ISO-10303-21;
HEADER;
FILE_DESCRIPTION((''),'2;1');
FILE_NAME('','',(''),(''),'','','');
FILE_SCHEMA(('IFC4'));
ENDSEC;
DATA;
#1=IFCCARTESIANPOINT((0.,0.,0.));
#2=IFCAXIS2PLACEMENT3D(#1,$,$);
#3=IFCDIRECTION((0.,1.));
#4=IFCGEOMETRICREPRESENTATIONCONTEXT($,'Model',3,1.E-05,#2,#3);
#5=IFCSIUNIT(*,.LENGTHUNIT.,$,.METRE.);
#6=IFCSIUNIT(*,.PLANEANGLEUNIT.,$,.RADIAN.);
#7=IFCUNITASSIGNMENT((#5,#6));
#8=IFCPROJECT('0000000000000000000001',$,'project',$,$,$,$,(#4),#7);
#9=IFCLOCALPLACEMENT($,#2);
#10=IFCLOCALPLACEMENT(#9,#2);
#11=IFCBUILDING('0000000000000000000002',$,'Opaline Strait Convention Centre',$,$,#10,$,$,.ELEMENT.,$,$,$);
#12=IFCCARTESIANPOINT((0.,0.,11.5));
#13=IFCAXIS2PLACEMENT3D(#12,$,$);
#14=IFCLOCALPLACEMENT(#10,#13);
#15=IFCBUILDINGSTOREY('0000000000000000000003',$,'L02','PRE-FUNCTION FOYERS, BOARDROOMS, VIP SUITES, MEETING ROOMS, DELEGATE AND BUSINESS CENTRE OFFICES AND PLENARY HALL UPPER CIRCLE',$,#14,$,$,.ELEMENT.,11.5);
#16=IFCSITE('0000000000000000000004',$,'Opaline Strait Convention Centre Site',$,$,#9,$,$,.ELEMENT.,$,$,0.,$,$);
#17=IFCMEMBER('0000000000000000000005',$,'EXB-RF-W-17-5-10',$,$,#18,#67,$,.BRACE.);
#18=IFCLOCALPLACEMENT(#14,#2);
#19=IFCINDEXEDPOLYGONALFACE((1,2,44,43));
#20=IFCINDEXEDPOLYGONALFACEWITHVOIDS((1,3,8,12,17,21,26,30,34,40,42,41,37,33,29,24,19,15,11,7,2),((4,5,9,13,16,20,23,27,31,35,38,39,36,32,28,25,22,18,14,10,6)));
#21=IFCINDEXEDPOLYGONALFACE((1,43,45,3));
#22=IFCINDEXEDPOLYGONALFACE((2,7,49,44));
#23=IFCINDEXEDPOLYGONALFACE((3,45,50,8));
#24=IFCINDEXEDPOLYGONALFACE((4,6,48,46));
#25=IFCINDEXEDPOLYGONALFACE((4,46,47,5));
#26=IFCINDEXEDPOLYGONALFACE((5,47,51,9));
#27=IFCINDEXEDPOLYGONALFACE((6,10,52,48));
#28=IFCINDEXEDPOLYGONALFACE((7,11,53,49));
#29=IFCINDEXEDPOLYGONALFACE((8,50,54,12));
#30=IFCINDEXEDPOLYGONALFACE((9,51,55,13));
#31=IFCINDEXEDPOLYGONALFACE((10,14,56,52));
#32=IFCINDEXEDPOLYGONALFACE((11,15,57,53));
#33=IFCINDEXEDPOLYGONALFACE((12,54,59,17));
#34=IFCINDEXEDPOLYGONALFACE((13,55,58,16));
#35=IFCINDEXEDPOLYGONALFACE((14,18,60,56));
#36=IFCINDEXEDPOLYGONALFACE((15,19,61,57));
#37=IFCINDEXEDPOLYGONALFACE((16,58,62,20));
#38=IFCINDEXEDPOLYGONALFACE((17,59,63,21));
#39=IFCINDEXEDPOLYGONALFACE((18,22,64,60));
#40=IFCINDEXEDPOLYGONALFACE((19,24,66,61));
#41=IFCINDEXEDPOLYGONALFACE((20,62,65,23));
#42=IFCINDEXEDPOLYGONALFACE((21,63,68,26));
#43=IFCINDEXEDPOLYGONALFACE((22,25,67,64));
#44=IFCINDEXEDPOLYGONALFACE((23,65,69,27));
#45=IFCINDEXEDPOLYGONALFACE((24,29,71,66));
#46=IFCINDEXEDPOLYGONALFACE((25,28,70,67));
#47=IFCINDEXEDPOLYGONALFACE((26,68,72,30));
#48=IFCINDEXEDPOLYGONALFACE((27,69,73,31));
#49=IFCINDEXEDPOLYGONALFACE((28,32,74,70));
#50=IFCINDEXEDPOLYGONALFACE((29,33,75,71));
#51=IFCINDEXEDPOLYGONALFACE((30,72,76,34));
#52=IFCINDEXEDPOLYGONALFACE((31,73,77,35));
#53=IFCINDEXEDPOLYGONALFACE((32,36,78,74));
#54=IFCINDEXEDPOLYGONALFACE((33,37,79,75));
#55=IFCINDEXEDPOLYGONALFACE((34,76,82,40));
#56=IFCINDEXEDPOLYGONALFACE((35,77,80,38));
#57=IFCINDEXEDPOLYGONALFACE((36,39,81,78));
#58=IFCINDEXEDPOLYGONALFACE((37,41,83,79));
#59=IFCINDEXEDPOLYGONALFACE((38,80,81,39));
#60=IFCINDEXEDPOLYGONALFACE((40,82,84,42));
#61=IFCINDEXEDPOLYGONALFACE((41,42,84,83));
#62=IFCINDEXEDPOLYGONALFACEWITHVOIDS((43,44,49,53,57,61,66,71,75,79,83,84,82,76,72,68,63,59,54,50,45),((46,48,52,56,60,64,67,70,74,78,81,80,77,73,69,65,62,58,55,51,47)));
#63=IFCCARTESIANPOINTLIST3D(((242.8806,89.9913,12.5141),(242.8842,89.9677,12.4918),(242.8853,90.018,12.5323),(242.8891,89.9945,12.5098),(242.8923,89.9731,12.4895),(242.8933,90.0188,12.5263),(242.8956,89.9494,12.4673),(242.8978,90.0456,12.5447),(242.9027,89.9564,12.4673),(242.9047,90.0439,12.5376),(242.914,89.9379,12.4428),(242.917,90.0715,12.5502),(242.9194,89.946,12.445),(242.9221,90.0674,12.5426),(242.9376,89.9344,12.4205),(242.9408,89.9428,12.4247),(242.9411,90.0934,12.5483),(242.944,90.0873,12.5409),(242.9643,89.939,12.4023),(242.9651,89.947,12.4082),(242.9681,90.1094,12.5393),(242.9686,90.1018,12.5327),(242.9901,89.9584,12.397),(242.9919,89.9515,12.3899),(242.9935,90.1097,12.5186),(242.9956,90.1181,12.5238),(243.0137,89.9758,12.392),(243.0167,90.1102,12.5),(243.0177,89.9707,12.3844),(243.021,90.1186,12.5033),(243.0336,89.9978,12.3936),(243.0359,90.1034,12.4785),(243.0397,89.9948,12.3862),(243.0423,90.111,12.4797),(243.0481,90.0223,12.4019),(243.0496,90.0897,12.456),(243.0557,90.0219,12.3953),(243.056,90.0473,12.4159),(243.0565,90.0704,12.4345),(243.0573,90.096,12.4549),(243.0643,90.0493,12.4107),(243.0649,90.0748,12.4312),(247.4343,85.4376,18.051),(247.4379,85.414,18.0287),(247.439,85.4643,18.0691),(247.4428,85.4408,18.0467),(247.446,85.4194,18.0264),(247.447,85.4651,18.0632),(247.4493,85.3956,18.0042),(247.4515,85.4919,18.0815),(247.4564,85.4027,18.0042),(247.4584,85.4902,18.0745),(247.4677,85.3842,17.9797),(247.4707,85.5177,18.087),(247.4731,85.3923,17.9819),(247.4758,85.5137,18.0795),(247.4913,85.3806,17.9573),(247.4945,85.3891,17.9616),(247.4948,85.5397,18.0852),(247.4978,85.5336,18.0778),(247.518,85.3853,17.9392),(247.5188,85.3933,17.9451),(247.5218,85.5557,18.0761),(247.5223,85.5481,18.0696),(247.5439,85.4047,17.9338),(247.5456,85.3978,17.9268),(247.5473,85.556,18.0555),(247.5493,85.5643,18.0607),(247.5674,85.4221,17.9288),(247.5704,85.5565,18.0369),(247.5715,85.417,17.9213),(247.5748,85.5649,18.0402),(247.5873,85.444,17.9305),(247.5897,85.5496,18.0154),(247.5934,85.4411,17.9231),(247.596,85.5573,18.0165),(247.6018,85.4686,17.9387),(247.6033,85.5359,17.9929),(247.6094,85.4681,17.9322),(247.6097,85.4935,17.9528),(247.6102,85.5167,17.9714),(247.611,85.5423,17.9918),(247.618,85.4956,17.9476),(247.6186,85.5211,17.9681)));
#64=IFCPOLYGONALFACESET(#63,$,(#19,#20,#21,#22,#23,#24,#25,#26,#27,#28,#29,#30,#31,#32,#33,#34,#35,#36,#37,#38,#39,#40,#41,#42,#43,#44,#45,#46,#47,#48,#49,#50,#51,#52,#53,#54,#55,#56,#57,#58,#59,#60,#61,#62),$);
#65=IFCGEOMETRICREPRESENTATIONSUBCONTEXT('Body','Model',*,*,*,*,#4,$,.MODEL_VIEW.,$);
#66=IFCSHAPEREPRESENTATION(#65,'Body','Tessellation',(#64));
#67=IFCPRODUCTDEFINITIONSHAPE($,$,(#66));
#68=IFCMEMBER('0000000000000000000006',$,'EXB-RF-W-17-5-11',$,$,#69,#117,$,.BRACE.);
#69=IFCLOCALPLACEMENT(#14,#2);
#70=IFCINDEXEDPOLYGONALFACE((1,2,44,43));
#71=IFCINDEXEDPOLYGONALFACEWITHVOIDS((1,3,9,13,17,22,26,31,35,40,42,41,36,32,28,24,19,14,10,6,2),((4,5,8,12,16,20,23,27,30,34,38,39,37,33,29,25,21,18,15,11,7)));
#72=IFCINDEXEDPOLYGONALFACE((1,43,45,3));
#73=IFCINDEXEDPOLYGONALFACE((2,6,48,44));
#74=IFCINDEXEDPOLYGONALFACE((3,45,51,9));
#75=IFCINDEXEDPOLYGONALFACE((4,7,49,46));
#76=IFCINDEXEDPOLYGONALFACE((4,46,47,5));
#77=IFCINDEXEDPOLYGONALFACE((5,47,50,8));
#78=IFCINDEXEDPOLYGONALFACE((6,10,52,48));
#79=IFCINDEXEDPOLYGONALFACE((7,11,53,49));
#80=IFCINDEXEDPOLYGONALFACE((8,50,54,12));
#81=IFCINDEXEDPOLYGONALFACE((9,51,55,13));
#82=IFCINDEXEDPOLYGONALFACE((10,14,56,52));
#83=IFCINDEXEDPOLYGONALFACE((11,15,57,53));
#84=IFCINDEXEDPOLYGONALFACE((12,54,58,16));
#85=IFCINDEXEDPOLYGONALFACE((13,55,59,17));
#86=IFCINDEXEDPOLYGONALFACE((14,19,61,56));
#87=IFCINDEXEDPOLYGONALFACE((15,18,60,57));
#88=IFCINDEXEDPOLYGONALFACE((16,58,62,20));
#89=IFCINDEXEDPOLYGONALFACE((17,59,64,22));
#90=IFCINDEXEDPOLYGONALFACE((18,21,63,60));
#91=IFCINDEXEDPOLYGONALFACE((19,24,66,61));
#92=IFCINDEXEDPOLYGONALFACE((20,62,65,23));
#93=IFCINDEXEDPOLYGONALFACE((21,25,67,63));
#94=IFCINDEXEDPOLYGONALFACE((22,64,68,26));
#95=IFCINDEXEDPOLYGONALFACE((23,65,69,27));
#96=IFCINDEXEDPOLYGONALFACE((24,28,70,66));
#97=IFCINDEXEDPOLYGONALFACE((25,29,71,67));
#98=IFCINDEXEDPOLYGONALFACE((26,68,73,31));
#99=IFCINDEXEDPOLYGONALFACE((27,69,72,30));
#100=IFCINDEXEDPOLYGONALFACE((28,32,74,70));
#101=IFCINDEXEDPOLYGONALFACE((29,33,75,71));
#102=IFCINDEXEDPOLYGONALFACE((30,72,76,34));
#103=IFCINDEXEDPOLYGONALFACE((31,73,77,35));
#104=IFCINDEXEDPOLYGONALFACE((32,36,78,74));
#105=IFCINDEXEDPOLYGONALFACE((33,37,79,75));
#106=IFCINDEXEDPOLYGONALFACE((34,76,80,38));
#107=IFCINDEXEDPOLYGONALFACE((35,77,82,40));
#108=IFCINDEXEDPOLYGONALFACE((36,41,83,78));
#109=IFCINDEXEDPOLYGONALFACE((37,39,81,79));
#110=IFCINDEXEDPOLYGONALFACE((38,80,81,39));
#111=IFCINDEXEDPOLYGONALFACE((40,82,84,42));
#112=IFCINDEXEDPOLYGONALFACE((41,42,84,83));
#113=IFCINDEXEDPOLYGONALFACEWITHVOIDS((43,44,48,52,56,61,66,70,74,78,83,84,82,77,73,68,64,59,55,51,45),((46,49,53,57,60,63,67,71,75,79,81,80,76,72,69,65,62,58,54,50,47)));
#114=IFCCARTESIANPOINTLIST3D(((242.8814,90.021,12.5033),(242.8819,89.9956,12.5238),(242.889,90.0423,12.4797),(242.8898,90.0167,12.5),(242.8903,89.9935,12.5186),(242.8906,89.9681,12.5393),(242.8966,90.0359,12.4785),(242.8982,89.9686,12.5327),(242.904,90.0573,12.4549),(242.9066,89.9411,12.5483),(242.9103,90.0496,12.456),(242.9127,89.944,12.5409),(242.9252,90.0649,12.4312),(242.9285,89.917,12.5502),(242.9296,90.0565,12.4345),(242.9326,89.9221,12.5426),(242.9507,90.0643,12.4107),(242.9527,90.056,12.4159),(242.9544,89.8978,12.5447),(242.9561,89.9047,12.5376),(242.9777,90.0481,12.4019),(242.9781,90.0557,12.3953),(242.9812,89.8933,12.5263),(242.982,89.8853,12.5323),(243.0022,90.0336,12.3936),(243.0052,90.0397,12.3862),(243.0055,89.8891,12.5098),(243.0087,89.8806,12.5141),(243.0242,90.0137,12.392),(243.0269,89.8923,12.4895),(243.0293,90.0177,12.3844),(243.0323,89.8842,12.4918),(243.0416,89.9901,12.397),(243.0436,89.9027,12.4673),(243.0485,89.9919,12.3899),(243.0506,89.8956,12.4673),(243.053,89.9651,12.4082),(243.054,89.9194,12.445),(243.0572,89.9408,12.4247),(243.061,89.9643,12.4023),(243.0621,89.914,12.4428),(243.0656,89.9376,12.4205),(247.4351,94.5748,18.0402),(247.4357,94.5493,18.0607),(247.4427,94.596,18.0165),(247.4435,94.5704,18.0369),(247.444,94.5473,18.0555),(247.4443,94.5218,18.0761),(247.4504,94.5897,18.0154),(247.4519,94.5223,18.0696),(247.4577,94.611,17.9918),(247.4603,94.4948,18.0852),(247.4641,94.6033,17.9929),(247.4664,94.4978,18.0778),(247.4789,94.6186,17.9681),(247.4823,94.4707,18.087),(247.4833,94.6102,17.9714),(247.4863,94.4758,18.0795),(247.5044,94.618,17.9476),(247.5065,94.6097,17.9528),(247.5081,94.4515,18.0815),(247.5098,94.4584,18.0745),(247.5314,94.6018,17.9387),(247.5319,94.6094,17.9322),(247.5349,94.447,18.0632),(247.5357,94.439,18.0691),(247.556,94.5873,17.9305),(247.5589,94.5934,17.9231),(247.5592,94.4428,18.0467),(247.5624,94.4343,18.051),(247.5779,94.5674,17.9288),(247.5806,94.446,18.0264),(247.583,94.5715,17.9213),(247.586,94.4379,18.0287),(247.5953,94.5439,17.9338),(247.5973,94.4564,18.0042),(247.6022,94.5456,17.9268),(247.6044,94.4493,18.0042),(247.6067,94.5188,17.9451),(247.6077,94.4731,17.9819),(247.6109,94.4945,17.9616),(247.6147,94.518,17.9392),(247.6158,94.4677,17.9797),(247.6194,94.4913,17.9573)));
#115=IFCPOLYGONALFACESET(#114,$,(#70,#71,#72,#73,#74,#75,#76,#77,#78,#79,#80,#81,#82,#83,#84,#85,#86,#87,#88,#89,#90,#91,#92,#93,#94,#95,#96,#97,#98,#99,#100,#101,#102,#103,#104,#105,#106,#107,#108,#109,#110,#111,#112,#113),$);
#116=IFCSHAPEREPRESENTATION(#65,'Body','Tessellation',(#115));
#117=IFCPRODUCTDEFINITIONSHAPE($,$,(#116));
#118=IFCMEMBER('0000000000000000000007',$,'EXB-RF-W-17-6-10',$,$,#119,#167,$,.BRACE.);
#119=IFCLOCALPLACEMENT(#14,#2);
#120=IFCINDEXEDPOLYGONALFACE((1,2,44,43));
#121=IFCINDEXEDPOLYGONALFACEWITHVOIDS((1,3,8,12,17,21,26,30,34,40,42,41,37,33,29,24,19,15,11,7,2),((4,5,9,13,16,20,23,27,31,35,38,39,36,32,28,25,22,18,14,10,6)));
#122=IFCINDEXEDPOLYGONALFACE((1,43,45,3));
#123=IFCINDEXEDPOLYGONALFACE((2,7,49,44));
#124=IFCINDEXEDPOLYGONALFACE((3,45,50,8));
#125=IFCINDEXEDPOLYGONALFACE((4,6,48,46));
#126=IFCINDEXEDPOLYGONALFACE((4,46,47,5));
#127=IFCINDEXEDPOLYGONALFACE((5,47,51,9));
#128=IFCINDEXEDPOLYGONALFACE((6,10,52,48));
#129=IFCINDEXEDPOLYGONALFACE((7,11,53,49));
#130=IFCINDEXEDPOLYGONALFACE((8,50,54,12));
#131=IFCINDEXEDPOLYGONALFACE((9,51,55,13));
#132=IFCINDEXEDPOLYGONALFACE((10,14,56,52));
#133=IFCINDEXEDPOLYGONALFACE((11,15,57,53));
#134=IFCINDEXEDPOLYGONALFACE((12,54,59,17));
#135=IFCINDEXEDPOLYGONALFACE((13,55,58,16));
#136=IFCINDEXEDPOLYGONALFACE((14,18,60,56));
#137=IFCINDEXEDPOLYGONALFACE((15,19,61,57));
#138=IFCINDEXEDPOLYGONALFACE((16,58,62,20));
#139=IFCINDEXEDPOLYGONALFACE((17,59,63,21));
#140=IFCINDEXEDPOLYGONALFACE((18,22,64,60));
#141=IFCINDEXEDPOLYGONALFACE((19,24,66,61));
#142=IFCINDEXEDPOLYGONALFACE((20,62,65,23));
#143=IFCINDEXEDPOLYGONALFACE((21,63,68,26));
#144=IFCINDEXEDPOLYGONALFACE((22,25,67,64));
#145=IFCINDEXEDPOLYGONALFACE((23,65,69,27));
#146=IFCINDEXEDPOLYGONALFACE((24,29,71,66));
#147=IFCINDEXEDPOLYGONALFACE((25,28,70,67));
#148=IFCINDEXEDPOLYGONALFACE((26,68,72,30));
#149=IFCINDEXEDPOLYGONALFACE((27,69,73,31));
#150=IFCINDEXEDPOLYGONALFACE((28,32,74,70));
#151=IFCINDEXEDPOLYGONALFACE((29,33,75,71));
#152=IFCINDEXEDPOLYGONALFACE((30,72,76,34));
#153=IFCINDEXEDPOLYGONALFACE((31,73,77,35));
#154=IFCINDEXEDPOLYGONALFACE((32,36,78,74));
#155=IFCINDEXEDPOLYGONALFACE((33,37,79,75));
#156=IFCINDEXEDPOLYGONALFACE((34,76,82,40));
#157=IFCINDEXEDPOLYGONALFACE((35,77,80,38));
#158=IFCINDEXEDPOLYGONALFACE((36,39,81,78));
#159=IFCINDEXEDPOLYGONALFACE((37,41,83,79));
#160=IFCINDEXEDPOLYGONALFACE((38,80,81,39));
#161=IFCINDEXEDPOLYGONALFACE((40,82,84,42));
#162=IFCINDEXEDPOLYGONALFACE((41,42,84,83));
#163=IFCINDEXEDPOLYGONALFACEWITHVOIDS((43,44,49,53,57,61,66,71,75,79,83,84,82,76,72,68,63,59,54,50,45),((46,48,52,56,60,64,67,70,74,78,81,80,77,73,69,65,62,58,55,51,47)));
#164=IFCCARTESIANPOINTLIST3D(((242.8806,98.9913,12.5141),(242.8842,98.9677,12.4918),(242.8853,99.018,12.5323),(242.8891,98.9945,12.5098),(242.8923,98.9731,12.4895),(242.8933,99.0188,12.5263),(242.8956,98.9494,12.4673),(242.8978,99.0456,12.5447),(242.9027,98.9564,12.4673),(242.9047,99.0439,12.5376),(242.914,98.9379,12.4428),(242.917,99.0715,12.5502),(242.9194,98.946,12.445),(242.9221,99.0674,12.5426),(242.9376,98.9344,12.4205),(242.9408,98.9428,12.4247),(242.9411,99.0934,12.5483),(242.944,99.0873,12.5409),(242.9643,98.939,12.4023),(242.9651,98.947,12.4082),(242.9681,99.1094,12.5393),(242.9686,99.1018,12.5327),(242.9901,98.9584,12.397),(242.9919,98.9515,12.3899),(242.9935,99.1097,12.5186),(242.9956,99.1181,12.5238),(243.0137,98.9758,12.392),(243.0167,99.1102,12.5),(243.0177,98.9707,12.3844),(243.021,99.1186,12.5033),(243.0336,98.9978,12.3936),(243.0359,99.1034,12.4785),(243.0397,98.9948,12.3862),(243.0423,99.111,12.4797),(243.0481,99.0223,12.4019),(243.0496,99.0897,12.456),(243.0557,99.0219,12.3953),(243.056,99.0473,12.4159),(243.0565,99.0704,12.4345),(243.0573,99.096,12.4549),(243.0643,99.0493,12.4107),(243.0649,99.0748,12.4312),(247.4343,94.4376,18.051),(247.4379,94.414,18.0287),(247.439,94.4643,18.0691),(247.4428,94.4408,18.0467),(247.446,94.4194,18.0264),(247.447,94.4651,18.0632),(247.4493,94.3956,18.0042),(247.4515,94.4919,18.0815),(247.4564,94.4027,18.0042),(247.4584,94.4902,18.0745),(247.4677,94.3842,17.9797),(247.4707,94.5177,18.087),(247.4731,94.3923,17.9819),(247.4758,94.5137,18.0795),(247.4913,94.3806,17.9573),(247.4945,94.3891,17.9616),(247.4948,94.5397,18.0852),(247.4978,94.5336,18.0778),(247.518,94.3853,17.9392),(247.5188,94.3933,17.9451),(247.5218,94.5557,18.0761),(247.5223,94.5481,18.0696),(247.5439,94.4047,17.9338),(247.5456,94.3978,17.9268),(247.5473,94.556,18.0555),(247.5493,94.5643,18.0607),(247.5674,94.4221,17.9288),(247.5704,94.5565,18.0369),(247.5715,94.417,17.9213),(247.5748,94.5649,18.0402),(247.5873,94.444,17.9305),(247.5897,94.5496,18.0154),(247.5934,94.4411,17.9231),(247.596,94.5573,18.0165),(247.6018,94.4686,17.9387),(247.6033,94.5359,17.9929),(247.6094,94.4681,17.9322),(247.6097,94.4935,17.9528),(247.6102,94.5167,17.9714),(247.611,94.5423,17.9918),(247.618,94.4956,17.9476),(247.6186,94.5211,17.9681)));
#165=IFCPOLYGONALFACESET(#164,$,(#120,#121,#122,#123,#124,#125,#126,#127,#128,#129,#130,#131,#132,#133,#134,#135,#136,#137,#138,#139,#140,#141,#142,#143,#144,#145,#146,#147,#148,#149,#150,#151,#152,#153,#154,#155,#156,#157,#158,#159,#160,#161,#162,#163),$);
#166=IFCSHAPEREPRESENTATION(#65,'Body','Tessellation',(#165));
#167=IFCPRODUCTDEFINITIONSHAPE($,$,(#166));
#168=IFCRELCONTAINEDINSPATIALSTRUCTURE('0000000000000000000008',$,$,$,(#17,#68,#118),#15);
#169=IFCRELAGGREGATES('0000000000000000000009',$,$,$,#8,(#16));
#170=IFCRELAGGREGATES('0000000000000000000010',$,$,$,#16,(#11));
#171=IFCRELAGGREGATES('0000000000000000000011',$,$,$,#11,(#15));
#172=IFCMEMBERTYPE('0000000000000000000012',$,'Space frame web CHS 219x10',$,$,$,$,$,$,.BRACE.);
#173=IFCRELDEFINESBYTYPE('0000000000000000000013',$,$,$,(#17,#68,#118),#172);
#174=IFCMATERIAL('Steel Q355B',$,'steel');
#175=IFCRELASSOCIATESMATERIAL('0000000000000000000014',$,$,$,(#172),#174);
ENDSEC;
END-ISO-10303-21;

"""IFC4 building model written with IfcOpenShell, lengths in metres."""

from ifc_helpers import new_model, si_unit, direction, frame, origin, origin_2d, place, context, subcontext, project, spatial, hollow_circle, extrude, material, material_profile, profile_set, type_object, element, save


model = new_model("IFC4")

# Units and contexts
model_context = context("Model", 3, precision=1e-05, world=origin(), true_north=direction((0.0, 1.0)))
body_context = subcontext(model_context, "Body", "Model", "MODEL_VIEW")
ifc_project = project(units=[si_unit("LENGTHUNIT", "METRE"), si_unit("PLANEANGLEUNIT", "RADIAN")], contexts=[model_context])

# Site, building, storey
site_placement = place(None, origin())
site = spatial("IfcSite", under=ifc_project, at=site_placement, Name="Opaline Strait Convention Centre Site", CompositionType="ELEMENT", RefElevation=0.0)
building_placement = place(site_placement, origin())
building = spatial("IfcBuilding", under=site, at=building_placement, Name="Opaline Strait Convention Centre", CompositionType="ELEMENT")
storey_placement = place(building_placement, frame((0.0, 0.0, 11.5)))
storey = spatial("IfcBuildingStorey", under=building, at=storey_placement, Name="L02", Description="PRE-FUNCTION FOYERS, BOARDROOMS, VIP SUITES, MEETING ROOMS, DELEGATE AND BUSINESS CENTRE OFFICES AND PLENARY HALL UPPER CIRCLE", CompositionType="ELEMENT", Elevation=11.5)

# Members
ifc_material = material(Name="Steel Q355B", Category="steel")
ifc_material_profile_1 = material_profile(ifc_material, hollow_circle(Radius=0.1096, WallThickness=0.01, at=origin_2d()), Name="CHS 219x10")
ifc_profile_set_1 = profile_set([ifc_material_profile_1], Name="Steel Q355B")
member_type_1 = type_object("IfcMemberType", Name="Space frame web CHS 219x10", PredefinedType="BRACE", material=ifc_profile_set_1)
for number, where, z_axis, x_axis, name in (
    (1, (247.5269, 85.4731, 18.0042), (-0.536178, 0.536178, -0.65194), (-0.707107, -0.707107, 0.0), "EXB-RF-W-17-5-10"),
    (2, (247.5269, 94.5269, 18.0042), (-0.536178, -0.536178, -0.65194), (0.707107, -0.707107, 0.0), "EXB-RF-W-17-5-11"),
    (3, (247.5269, 94.4731, 18.0042), (-0.536178, 0.536178, -0.65194), (-0.707107, -0.707107, 0.0), "EXB-RF-W-17-6-10"),
):
    element("IfcMember", number, at=place(storey_placement, frame(where, z_axis=z_axis, x_axis=x_axis)), inside=storey, type_object=member_type_1, Name=name, PredefinedType="BRACE", context=body_context, shape_type="SweptSolid", body=[
        extrude(hollow_circle(Radius=0.1096, WallThickness=0.01, at=origin_2d()), origin(), (0.0, 0.0, 1.0), 8.4929),
    ])

save(model, "model.ifc")
